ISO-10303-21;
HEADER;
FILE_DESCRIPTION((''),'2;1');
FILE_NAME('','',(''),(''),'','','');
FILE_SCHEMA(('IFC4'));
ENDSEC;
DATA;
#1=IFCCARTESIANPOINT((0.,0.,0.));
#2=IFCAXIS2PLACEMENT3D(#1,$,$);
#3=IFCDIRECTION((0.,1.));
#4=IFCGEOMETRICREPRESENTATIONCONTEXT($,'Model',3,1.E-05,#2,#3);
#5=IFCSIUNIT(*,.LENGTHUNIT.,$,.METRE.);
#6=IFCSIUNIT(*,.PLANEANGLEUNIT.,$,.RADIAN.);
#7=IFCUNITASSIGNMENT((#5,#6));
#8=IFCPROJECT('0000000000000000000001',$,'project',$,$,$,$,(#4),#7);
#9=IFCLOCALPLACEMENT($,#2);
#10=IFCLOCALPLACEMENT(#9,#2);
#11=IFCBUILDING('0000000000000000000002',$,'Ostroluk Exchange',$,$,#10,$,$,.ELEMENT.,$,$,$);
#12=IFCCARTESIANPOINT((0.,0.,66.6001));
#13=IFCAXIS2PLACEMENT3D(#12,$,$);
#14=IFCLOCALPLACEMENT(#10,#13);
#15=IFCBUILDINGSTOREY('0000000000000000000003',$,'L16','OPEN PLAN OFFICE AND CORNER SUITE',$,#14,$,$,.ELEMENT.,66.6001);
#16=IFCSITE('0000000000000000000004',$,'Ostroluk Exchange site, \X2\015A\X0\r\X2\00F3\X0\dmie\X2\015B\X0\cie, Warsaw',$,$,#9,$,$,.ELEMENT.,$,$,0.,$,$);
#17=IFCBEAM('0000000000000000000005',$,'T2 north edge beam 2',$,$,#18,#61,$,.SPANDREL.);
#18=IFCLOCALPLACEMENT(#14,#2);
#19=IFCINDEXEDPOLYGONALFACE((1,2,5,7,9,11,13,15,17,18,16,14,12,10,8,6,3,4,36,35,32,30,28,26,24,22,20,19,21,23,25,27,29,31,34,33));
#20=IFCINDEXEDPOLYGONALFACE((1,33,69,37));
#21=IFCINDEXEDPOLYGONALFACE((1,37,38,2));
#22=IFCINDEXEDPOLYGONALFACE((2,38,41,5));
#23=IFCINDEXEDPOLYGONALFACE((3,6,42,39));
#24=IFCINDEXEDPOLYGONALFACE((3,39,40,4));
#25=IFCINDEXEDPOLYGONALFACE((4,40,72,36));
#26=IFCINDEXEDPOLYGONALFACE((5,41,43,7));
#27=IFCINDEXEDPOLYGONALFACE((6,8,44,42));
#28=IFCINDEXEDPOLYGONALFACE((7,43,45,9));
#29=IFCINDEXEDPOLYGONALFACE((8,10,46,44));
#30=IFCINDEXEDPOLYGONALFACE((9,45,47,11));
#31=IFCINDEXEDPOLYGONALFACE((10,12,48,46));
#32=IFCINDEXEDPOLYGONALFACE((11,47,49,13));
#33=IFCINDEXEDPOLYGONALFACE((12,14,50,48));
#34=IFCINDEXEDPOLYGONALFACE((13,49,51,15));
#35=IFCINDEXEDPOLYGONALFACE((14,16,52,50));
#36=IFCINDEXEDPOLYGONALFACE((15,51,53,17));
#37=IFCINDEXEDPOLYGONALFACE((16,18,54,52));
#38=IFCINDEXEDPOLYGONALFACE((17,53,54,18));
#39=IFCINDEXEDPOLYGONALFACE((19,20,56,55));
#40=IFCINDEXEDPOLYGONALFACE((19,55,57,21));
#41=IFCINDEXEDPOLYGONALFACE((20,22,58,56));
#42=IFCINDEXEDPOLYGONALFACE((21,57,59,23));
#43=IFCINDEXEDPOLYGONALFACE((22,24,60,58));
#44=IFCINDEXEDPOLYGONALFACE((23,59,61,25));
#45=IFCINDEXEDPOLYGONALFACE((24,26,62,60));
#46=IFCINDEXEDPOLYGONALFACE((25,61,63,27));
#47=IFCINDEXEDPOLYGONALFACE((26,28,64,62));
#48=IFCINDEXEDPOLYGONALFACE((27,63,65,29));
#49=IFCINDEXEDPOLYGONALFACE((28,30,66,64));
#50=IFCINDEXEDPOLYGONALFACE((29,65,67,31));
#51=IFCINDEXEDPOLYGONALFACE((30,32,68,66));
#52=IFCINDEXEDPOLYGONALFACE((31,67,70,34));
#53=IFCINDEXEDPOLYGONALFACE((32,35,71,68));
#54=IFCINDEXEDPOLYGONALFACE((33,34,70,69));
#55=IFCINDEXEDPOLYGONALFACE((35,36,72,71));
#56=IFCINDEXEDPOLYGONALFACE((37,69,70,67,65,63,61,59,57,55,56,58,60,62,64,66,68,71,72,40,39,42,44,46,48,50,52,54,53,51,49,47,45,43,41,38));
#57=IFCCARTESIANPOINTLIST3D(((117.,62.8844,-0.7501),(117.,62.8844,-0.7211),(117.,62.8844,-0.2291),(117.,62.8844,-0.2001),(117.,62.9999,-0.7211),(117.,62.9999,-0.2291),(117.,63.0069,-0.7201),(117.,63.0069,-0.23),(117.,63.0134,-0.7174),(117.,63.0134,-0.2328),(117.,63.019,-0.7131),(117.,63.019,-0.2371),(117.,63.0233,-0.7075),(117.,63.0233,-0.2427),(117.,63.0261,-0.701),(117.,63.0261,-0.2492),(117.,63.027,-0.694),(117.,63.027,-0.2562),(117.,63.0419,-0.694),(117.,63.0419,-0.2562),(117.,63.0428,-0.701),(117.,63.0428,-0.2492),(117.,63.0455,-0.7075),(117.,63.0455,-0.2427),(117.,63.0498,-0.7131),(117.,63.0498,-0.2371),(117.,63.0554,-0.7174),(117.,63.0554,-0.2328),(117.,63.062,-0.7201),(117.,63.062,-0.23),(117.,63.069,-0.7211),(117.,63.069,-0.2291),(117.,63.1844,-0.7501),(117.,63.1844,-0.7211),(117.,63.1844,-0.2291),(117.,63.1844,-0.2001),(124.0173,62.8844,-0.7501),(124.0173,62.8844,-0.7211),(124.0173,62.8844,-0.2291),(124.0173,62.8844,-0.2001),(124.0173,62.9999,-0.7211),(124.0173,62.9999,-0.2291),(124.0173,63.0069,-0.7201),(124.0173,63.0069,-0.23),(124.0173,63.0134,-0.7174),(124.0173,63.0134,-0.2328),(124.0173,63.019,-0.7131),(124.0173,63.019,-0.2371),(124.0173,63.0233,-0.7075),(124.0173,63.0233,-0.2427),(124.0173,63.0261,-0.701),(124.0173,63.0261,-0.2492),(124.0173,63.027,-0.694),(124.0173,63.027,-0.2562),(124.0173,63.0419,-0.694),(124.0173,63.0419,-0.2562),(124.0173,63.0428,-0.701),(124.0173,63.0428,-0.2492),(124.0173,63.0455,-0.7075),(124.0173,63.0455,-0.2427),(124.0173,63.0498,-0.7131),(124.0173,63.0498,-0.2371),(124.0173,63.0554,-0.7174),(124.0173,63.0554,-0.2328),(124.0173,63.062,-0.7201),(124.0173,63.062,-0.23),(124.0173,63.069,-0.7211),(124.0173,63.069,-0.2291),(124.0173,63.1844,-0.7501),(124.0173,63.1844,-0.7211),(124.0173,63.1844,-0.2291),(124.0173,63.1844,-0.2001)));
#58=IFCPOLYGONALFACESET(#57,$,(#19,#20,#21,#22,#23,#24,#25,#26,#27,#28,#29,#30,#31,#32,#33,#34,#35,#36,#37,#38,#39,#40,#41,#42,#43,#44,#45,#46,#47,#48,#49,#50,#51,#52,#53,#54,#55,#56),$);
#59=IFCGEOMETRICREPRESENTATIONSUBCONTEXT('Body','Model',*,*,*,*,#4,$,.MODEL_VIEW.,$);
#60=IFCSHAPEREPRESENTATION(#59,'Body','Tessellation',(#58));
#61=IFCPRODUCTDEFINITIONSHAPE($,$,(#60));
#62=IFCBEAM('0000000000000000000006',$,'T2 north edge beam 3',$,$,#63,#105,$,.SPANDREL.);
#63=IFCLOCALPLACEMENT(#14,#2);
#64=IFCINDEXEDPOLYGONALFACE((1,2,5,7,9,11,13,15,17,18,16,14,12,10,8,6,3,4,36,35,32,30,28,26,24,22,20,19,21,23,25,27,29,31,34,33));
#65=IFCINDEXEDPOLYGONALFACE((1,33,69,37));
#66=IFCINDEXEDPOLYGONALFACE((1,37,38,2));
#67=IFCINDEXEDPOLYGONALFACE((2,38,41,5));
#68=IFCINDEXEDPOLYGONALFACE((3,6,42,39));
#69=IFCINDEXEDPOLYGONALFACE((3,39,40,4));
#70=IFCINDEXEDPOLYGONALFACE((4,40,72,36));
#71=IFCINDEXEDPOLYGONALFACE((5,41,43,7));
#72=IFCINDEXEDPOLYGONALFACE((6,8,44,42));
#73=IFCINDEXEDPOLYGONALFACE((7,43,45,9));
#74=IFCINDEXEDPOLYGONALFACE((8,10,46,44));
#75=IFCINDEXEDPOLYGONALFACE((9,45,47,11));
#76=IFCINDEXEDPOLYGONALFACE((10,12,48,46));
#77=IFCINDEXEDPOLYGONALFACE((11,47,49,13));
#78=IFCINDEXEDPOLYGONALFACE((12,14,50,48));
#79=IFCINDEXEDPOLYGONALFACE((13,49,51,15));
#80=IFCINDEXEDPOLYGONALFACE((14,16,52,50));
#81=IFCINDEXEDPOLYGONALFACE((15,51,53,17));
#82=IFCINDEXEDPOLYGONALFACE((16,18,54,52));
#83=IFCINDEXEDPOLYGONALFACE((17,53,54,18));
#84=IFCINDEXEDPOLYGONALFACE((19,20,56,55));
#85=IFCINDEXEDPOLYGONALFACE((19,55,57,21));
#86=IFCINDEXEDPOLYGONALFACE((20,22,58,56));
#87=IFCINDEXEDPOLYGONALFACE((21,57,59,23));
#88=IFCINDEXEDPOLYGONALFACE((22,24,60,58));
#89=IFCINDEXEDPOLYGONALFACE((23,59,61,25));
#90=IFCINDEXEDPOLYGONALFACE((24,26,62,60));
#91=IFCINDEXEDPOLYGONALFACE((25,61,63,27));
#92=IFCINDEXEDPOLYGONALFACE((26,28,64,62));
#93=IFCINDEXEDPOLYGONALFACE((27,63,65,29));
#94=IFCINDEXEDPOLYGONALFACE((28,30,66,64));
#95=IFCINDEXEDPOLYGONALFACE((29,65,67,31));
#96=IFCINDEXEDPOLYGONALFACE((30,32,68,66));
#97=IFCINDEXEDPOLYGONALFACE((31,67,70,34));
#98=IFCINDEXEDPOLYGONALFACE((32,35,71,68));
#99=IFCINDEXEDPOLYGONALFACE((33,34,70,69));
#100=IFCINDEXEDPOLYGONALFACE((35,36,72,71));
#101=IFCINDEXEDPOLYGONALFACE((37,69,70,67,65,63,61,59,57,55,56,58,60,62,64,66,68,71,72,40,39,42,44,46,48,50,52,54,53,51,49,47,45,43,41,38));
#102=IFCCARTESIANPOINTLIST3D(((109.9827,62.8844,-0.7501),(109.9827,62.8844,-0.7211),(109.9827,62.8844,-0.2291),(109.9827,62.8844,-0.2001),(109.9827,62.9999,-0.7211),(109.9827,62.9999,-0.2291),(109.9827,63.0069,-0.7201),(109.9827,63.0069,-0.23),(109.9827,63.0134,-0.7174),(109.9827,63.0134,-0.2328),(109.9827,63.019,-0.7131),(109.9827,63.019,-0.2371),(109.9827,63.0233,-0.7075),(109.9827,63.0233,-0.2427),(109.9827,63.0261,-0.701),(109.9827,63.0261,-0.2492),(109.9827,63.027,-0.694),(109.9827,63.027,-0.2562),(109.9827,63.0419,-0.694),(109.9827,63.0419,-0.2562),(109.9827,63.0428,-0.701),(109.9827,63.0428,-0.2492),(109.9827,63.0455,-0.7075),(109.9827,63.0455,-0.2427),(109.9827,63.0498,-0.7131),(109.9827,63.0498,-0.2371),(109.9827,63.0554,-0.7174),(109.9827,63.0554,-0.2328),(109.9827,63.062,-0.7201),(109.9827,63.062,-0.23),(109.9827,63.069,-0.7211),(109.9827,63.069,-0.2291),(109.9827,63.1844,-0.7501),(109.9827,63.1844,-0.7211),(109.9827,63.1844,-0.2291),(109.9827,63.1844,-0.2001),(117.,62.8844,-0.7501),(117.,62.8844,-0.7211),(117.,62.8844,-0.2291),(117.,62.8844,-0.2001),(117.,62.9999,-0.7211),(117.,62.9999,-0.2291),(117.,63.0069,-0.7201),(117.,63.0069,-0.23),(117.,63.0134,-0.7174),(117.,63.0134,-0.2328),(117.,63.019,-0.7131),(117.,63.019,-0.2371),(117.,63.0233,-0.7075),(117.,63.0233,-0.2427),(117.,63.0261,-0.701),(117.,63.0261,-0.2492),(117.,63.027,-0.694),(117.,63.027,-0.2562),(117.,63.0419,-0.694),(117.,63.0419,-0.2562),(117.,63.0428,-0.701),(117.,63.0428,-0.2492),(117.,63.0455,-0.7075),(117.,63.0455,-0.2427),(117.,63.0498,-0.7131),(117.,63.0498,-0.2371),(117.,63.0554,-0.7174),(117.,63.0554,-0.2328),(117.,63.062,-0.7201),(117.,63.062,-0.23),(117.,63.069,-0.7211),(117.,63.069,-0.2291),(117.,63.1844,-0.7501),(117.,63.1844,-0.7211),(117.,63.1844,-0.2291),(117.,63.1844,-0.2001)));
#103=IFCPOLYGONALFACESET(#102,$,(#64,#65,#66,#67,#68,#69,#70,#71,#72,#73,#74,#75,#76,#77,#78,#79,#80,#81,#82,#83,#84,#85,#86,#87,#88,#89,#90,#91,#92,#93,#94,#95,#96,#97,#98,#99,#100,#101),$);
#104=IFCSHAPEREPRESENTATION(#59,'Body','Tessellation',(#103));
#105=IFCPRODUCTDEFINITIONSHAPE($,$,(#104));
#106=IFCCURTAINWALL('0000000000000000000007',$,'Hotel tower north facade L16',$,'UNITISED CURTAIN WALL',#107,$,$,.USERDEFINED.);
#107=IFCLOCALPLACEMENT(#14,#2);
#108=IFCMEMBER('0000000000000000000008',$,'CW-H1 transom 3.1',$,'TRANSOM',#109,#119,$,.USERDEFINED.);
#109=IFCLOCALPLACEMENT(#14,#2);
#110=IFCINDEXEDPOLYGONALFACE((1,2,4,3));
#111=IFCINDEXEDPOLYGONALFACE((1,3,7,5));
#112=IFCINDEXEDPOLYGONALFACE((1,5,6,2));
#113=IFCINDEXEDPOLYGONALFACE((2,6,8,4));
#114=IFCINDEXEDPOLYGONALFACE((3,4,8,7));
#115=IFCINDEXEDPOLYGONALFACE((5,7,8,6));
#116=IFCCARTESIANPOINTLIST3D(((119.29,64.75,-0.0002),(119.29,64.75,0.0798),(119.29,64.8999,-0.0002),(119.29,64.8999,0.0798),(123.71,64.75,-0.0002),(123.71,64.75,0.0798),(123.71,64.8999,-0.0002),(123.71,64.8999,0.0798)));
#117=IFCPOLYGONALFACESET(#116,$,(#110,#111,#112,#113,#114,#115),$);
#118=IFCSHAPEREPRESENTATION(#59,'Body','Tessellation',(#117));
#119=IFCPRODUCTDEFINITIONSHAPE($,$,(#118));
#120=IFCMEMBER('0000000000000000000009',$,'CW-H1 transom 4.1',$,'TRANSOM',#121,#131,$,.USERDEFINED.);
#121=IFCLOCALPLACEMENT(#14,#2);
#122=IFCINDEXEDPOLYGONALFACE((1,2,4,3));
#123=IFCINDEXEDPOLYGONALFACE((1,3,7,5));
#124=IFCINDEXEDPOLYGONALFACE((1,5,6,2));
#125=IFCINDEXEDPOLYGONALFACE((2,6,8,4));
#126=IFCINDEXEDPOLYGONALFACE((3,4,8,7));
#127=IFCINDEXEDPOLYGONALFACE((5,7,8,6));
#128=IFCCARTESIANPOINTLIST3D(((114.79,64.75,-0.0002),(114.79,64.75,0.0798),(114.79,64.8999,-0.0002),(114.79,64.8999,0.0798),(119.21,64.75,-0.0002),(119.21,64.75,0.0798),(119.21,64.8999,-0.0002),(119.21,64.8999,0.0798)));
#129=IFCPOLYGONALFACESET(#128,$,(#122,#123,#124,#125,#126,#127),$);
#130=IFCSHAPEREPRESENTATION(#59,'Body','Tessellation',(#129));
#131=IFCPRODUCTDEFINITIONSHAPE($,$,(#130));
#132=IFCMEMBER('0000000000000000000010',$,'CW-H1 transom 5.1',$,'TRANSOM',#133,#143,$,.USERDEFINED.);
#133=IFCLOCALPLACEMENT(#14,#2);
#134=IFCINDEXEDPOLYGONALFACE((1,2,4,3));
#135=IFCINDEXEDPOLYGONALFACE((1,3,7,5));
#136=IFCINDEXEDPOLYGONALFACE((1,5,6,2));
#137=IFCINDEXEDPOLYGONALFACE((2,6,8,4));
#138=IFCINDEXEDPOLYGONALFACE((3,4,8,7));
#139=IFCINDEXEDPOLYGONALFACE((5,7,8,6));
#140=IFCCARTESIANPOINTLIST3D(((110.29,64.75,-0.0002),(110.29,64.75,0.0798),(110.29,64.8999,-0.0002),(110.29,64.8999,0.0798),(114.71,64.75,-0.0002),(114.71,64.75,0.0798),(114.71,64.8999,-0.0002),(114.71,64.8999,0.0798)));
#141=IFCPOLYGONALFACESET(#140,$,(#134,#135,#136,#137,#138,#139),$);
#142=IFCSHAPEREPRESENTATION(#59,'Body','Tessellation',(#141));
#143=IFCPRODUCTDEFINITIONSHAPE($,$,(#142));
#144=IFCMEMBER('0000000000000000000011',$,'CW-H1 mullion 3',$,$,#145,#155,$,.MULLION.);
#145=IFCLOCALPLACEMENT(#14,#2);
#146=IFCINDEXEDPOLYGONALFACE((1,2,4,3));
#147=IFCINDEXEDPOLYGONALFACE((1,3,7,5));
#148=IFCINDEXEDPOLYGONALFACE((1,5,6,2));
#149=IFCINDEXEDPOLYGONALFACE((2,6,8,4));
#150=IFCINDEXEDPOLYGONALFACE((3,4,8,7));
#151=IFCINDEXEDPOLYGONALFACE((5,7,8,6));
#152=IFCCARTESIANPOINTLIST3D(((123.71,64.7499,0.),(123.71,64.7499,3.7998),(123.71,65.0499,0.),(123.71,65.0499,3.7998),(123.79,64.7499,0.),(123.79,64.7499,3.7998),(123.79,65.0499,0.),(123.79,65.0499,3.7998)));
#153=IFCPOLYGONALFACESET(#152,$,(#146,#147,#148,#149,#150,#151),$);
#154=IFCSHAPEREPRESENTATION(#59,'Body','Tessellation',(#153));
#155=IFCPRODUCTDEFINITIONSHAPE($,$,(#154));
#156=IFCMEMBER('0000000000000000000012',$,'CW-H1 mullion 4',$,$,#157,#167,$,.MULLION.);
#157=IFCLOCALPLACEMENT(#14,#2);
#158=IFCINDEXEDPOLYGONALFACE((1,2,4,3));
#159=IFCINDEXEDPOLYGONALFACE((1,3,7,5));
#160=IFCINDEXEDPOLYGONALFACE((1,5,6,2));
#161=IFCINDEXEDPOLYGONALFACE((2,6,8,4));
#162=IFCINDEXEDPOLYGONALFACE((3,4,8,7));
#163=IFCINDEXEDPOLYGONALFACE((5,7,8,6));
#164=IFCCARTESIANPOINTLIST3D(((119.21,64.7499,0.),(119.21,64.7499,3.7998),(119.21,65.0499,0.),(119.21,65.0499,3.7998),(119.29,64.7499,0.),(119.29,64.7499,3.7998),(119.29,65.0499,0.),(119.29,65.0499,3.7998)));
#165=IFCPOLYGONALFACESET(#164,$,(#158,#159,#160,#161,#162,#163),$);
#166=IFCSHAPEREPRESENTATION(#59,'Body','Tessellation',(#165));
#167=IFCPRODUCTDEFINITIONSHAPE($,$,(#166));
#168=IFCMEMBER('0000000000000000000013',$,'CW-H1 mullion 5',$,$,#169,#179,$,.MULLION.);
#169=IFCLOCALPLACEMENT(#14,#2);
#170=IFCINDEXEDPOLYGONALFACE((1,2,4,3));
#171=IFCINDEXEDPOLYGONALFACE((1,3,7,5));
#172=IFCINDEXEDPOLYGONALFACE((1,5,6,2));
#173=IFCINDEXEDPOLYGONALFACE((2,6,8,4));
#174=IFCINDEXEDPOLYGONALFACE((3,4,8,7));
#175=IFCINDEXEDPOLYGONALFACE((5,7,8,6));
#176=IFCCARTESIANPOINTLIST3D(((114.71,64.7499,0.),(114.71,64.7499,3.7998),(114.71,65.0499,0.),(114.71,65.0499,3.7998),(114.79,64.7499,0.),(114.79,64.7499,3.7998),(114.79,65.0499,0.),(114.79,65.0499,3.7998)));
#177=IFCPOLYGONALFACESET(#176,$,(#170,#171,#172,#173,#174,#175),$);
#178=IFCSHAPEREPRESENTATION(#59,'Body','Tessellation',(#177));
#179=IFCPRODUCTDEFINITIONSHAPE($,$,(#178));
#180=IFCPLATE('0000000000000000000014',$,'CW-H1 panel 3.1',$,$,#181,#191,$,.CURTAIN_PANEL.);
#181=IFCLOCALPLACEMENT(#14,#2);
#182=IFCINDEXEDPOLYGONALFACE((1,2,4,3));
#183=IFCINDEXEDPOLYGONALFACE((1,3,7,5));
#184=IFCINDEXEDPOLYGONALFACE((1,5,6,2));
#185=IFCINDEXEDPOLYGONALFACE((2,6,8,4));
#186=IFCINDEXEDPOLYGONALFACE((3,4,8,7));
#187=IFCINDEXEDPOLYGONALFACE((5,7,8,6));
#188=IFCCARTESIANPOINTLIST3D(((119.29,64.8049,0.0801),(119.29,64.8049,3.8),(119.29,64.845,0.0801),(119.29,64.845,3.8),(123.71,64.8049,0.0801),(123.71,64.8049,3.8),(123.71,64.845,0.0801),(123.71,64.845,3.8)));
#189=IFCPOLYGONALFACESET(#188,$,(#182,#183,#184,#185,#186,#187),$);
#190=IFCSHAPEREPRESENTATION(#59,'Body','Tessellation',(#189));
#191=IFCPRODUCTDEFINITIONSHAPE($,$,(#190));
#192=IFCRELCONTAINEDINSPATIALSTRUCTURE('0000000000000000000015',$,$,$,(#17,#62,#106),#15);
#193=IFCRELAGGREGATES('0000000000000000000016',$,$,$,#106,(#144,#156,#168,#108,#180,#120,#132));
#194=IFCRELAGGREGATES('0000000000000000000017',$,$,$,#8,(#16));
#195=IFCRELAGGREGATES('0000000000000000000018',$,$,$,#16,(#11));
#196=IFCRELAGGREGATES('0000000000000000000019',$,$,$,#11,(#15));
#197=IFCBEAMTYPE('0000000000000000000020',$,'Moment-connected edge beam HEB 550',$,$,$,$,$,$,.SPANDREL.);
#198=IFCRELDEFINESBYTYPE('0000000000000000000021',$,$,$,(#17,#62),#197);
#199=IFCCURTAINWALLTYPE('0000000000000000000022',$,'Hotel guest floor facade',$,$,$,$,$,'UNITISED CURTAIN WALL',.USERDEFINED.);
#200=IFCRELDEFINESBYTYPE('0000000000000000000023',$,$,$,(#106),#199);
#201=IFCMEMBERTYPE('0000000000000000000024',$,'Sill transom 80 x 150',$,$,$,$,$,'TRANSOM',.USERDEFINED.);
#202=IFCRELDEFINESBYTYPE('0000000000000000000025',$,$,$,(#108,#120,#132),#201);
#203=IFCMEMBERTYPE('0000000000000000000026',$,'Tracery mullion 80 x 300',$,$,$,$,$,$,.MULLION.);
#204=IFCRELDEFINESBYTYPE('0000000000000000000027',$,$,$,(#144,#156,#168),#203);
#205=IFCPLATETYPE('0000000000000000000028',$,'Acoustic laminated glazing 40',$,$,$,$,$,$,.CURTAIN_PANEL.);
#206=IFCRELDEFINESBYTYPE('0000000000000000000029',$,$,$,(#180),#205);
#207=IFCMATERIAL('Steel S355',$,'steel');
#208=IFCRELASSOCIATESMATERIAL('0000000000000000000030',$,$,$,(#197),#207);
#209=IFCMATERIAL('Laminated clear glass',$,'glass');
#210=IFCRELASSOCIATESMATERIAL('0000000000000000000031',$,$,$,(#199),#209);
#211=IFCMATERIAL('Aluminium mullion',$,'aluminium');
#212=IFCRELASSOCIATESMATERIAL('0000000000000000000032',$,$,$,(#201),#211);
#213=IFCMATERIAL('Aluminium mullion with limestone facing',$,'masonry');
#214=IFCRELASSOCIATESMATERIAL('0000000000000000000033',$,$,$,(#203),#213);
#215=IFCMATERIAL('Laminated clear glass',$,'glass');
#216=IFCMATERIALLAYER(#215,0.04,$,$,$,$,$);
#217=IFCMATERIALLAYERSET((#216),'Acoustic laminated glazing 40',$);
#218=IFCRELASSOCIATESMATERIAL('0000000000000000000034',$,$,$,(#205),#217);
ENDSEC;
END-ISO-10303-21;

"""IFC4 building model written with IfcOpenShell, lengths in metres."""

from ifc_helpers import new_model, si_unit, direction, frame, origin, origin_2d, place, context, subcontext, project, spatial, rectangle, i_section, extrude, material, layer, layer_set, material_profile, profile_set, type_object, element, aggregate, save


model = new_model("IFC4")

# Units and contexts
model_context = context("Model", 3, precision=1e-05, world=origin(), true_north=direction((0.0, 1.0)))
body_context = subcontext(model_context, "Body", "Model", "MODEL_VIEW")
ifc_project = project(units=[si_unit("LENGTHUNIT", "METRE"), si_unit("PLANEANGLEUNIT", "RADIAN")], contexts=[model_context])

# Site, building, storey
site_placement = place(None, origin())
site = spatial("IfcSite", under=ifc_project, at=site_placement, Name="Ostroluk Exchange site, Śródmieście, Warsaw", CompositionType="ELEMENT", RefElevation=0.0)
building_placement = place(site_placement, origin())
building = spatial("IfcBuilding", under=site, at=building_placement, Name="Ostroluk Exchange", CompositionType="ELEMENT")
storey_placement = place(building_placement, frame((0.0, 0.0, 66.6001)))
storey = spatial("IfcBuildingStorey", under=building, at=storey_placement, Name="L16", Description="OPEN PLAN OFFICE AND CORNER SUITE", CompositionType="ELEMENT", Elevation=66.6001)

# Beams
ifc_material_1 = material(Name="Steel S355", Category="steel")
ifc_material_profile_1 = material_profile(ifc_material_1, i_section(OverallWidth=0.3, OverallDepth=0.55, WebThickness=0.0149, FlangeThickness=0.0291, FilletRadius=0.0271, at=origin_2d()), Name="HEB 550")
ifc_profile_set_1 = profile_set([ifc_material_profile_1], Name="Steel S355")
beam_type = type_object("IfcBeamType", Name="Moment-connected edge beam HEB 550", PredefinedType="SPANDREL", material=ifc_profile_set_1)
for number, where, z_axis, x_axis, name in (
    (1, (124.0173, 63.0344, -0.4751), (-1.0, 0.0, 0.0), (0.0, -1.0, 0.0), "T2 north edge beam 2"),
    (2, (117.0, 63.0344, -0.4751), (-1.0, 0.0, 0.0), (0.0, -1.0, 0.0), "T2 north edge beam 3"),
):
    element("IfcBeam", number, at=place(storey_placement, frame(where, z_axis=z_axis, x_axis=x_axis)), inside=storey, type_object=beam_type, Name=name, PredefinedType="SPANDREL", context=body_context, shape_type="SweptSolid", body=[
        extrude(i_section(OverallWidth=0.3, OverallDepth=0.55, WebThickness=0.0149, FlangeThickness=0.0291, FilletRadius=0.0271, at=origin_2d()), origin(), (0.0, 0.0, 1.0), 7.0173),
    ])

# Curtain wall, members, plate
ifc_material_2 = material(Name="Laminated clear glass", Category="glass")
curtain_wall_type = type_object("IfcCurtainWallType", Name="Hotel guest floor facade", ElementType="UNITISED CURTAIN WALL", PredefinedType="USERDEFINED", material=ifc_material_2)
curtain_wall_placement = place(storey_placement, origin())
curtain_wall = element("IfcCurtainWall", 3, at=curtain_wall_placement, inside=storey, type_object=curtain_wall_type, Name="Hotel tower north facade L16", ObjectType="UNITISED CURTAIN WALL", PredefinedType="USERDEFINED")
ifc_material_3 = material(Name="Aluminium mullion", Category="aluminium")
ifc_material_profile_2 = material_profile(ifc_material_3, rectangle(XDim=0.1499, YDim=0.0801, at=origin_2d()), Name="Sill transom 80 x 150")
ifc_profile_set_2 = profile_set([ifc_material_profile_2], Name="Aluminium mullion")
member_type_1 = type_object("IfcMemberType", Name="Sill transom 80 x 150", ElementType="TRANSOM", PredefinedType="USERDEFINED", material=ifc_profile_set_2)
member_1_placement = place(storey_placement, frame((123.71, 64.825, 0.0398), z_axis=(-1.0, 0.0, 0.0), x_axis=(0.0, -1.0, 0.0)))
member_1 = element("IfcMember", 4, at=member_1_placement, type_object=member_type_1, Name="CW-H1 transom 3.1", ObjectType="TRANSOM", PredefinedType="USERDEFINED", context=body_context, shape_type="SweptSolid", body=[
    extrude(rectangle(XDim=0.1499, YDim=0.0801, at=origin_2d()), origin(), (0.0, 0.0, 1.0), 4.4199),
])
member_2_placement = place(storey_placement, frame((119.21, 64.825, 0.0398), z_axis=(-1.0, 0.0, 0.0), x_axis=(0.0, -1.0, 0.0)))
member_2 = element("IfcMember", 5, at=member_2_placement, type_object=member_type_1, Name="CW-H1 transom 4.1", ObjectType="TRANSOM", PredefinedType="USERDEFINED", context=body_context, shape_type="SweptSolid", body=[
    extrude(rectangle(XDim=0.1499, YDim=0.0801, at=origin_2d()), origin(), (0.0, 0.0, 1.0), 4.4199),
])
member_3_placement = place(storey_placement, frame((114.71, 64.825, 0.0398), z_axis=(-1.0, 0.0, 0.0), x_axis=(0.0, -1.0, 0.0)))
member_3 = element("IfcMember", 6, at=member_3_placement, type_object=member_type_1, Name="CW-H1 transom 5.1", ObjectType="TRANSOM", PredefinedType="USERDEFINED", context=body_context, shape_type="SweptSolid", body=[
    extrude(rectangle(XDim=0.1499, YDim=0.0801, at=origin_2d()), origin(), (0.0, 0.0, 1.0), 4.4199),
])
ifc_material_4 = material(Name="Aluminium mullion with limestone facing", Category="masonry")
ifc_material_profile_3 = material_profile(ifc_material_4, rectangle(XDim=0.3, YDim=0.0801, at=origin_2d()), Name="Tracery mullion 80 x 300")
ifc_profile_set_3 = profile_set([ifc_material_profile_3], Name="Aluminium mullion with limestone facing")
member_type_2 = type_object("IfcMemberType", Name="Tracery mullion 80 x 300", PredefinedType="MULLION", material=ifc_profile_set_3)
member_4_placement = place(storey_placement, frame((123.75, 64.8999, 0.0), z_axis=(0.0, 0.0, 1.0), x_axis=(0.0, -1.0, 0.0)))
member_4 = element("IfcMember", 7, at=member_4_placement, type_object=member_type_2, Name="CW-H1 mullion 3", PredefinedType="MULLION", context=body_context, shape_type="SweptSolid", body=[
    extrude(rectangle(XDim=0.3, YDim=0.0801, at=origin_2d()), origin(), (0.0, 0.0, 1.0), 3.7998),
])
member_5_placement = place(storey_placement, frame((119.25, 64.8999, 0.0), z_axis=(0.0, 0.0, 1.0), x_axis=(0.0, -1.0, 0.0)))
member_5 = element("IfcMember", 8, at=member_5_placement, type_object=member_type_2, Name="CW-H1 mullion 4", PredefinedType="MULLION", context=body_context, shape_type="SweptSolid", body=[
    extrude(rectangle(XDim=0.3, YDim=0.0801, at=origin_2d()), origin(), (0.0, 0.0, 1.0), 3.7998),
])
member_6_placement = place(storey_placement, frame((114.75, 64.8999, 0.0), z_axis=(0.0, 0.0, 1.0), x_axis=(0.0, -1.0, 0.0)))
member_6 = element("IfcMember", 9, at=member_6_placement, type_object=member_type_2, Name="CW-H1 mullion 5", PredefinedType="MULLION", context=body_context, shape_type="SweptSolid", body=[
    extrude(rectangle(XDim=0.3, YDim=0.0801, at=origin_2d()), origin(), (0.0, 0.0, 1.0), 3.7998),
])
ifc_material_5 = material(Name="Laminated clear glass", Category="glass")
ifc_layer_1 = layer(ifc_material_5, 0.04)
ifc_layer_set_1 = layer_set([ifc_layer_1], Name="Acoustic laminated glazing 40")
plate_type = type_object("IfcPlateType", Name="Acoustic laminated glazing 40", PredefinedType="CURTAIN_PANEL", material=ifc_layer_set_1)
plate_1_placement = place(storey_placement, frame((121.5, 64.825, 0.0801), z_axis=(0.0, 0.0, 1.0), x_axis=(-1.0, 0.0, 0.0)))
plate_1 = element("IfcPlate", 10, at=plate_1_placement, type_object=plate_type, Name="CW-H1 panel 3.1", PredefinedType="CURTAIN_PANEL", context=body_context, shape_type="SweptSolid", body=[
    extrude(rectangle(XDim=4.4199, YDim=0.04, at=origin_2d()), origin(), (0.0, 0.0, 1.0), 3.72),
])
aggregate(curtain_wall, [member_4, member_5, member_6, member_1, plate_1, member_2, member_3])

save(model, "model.ifc")
